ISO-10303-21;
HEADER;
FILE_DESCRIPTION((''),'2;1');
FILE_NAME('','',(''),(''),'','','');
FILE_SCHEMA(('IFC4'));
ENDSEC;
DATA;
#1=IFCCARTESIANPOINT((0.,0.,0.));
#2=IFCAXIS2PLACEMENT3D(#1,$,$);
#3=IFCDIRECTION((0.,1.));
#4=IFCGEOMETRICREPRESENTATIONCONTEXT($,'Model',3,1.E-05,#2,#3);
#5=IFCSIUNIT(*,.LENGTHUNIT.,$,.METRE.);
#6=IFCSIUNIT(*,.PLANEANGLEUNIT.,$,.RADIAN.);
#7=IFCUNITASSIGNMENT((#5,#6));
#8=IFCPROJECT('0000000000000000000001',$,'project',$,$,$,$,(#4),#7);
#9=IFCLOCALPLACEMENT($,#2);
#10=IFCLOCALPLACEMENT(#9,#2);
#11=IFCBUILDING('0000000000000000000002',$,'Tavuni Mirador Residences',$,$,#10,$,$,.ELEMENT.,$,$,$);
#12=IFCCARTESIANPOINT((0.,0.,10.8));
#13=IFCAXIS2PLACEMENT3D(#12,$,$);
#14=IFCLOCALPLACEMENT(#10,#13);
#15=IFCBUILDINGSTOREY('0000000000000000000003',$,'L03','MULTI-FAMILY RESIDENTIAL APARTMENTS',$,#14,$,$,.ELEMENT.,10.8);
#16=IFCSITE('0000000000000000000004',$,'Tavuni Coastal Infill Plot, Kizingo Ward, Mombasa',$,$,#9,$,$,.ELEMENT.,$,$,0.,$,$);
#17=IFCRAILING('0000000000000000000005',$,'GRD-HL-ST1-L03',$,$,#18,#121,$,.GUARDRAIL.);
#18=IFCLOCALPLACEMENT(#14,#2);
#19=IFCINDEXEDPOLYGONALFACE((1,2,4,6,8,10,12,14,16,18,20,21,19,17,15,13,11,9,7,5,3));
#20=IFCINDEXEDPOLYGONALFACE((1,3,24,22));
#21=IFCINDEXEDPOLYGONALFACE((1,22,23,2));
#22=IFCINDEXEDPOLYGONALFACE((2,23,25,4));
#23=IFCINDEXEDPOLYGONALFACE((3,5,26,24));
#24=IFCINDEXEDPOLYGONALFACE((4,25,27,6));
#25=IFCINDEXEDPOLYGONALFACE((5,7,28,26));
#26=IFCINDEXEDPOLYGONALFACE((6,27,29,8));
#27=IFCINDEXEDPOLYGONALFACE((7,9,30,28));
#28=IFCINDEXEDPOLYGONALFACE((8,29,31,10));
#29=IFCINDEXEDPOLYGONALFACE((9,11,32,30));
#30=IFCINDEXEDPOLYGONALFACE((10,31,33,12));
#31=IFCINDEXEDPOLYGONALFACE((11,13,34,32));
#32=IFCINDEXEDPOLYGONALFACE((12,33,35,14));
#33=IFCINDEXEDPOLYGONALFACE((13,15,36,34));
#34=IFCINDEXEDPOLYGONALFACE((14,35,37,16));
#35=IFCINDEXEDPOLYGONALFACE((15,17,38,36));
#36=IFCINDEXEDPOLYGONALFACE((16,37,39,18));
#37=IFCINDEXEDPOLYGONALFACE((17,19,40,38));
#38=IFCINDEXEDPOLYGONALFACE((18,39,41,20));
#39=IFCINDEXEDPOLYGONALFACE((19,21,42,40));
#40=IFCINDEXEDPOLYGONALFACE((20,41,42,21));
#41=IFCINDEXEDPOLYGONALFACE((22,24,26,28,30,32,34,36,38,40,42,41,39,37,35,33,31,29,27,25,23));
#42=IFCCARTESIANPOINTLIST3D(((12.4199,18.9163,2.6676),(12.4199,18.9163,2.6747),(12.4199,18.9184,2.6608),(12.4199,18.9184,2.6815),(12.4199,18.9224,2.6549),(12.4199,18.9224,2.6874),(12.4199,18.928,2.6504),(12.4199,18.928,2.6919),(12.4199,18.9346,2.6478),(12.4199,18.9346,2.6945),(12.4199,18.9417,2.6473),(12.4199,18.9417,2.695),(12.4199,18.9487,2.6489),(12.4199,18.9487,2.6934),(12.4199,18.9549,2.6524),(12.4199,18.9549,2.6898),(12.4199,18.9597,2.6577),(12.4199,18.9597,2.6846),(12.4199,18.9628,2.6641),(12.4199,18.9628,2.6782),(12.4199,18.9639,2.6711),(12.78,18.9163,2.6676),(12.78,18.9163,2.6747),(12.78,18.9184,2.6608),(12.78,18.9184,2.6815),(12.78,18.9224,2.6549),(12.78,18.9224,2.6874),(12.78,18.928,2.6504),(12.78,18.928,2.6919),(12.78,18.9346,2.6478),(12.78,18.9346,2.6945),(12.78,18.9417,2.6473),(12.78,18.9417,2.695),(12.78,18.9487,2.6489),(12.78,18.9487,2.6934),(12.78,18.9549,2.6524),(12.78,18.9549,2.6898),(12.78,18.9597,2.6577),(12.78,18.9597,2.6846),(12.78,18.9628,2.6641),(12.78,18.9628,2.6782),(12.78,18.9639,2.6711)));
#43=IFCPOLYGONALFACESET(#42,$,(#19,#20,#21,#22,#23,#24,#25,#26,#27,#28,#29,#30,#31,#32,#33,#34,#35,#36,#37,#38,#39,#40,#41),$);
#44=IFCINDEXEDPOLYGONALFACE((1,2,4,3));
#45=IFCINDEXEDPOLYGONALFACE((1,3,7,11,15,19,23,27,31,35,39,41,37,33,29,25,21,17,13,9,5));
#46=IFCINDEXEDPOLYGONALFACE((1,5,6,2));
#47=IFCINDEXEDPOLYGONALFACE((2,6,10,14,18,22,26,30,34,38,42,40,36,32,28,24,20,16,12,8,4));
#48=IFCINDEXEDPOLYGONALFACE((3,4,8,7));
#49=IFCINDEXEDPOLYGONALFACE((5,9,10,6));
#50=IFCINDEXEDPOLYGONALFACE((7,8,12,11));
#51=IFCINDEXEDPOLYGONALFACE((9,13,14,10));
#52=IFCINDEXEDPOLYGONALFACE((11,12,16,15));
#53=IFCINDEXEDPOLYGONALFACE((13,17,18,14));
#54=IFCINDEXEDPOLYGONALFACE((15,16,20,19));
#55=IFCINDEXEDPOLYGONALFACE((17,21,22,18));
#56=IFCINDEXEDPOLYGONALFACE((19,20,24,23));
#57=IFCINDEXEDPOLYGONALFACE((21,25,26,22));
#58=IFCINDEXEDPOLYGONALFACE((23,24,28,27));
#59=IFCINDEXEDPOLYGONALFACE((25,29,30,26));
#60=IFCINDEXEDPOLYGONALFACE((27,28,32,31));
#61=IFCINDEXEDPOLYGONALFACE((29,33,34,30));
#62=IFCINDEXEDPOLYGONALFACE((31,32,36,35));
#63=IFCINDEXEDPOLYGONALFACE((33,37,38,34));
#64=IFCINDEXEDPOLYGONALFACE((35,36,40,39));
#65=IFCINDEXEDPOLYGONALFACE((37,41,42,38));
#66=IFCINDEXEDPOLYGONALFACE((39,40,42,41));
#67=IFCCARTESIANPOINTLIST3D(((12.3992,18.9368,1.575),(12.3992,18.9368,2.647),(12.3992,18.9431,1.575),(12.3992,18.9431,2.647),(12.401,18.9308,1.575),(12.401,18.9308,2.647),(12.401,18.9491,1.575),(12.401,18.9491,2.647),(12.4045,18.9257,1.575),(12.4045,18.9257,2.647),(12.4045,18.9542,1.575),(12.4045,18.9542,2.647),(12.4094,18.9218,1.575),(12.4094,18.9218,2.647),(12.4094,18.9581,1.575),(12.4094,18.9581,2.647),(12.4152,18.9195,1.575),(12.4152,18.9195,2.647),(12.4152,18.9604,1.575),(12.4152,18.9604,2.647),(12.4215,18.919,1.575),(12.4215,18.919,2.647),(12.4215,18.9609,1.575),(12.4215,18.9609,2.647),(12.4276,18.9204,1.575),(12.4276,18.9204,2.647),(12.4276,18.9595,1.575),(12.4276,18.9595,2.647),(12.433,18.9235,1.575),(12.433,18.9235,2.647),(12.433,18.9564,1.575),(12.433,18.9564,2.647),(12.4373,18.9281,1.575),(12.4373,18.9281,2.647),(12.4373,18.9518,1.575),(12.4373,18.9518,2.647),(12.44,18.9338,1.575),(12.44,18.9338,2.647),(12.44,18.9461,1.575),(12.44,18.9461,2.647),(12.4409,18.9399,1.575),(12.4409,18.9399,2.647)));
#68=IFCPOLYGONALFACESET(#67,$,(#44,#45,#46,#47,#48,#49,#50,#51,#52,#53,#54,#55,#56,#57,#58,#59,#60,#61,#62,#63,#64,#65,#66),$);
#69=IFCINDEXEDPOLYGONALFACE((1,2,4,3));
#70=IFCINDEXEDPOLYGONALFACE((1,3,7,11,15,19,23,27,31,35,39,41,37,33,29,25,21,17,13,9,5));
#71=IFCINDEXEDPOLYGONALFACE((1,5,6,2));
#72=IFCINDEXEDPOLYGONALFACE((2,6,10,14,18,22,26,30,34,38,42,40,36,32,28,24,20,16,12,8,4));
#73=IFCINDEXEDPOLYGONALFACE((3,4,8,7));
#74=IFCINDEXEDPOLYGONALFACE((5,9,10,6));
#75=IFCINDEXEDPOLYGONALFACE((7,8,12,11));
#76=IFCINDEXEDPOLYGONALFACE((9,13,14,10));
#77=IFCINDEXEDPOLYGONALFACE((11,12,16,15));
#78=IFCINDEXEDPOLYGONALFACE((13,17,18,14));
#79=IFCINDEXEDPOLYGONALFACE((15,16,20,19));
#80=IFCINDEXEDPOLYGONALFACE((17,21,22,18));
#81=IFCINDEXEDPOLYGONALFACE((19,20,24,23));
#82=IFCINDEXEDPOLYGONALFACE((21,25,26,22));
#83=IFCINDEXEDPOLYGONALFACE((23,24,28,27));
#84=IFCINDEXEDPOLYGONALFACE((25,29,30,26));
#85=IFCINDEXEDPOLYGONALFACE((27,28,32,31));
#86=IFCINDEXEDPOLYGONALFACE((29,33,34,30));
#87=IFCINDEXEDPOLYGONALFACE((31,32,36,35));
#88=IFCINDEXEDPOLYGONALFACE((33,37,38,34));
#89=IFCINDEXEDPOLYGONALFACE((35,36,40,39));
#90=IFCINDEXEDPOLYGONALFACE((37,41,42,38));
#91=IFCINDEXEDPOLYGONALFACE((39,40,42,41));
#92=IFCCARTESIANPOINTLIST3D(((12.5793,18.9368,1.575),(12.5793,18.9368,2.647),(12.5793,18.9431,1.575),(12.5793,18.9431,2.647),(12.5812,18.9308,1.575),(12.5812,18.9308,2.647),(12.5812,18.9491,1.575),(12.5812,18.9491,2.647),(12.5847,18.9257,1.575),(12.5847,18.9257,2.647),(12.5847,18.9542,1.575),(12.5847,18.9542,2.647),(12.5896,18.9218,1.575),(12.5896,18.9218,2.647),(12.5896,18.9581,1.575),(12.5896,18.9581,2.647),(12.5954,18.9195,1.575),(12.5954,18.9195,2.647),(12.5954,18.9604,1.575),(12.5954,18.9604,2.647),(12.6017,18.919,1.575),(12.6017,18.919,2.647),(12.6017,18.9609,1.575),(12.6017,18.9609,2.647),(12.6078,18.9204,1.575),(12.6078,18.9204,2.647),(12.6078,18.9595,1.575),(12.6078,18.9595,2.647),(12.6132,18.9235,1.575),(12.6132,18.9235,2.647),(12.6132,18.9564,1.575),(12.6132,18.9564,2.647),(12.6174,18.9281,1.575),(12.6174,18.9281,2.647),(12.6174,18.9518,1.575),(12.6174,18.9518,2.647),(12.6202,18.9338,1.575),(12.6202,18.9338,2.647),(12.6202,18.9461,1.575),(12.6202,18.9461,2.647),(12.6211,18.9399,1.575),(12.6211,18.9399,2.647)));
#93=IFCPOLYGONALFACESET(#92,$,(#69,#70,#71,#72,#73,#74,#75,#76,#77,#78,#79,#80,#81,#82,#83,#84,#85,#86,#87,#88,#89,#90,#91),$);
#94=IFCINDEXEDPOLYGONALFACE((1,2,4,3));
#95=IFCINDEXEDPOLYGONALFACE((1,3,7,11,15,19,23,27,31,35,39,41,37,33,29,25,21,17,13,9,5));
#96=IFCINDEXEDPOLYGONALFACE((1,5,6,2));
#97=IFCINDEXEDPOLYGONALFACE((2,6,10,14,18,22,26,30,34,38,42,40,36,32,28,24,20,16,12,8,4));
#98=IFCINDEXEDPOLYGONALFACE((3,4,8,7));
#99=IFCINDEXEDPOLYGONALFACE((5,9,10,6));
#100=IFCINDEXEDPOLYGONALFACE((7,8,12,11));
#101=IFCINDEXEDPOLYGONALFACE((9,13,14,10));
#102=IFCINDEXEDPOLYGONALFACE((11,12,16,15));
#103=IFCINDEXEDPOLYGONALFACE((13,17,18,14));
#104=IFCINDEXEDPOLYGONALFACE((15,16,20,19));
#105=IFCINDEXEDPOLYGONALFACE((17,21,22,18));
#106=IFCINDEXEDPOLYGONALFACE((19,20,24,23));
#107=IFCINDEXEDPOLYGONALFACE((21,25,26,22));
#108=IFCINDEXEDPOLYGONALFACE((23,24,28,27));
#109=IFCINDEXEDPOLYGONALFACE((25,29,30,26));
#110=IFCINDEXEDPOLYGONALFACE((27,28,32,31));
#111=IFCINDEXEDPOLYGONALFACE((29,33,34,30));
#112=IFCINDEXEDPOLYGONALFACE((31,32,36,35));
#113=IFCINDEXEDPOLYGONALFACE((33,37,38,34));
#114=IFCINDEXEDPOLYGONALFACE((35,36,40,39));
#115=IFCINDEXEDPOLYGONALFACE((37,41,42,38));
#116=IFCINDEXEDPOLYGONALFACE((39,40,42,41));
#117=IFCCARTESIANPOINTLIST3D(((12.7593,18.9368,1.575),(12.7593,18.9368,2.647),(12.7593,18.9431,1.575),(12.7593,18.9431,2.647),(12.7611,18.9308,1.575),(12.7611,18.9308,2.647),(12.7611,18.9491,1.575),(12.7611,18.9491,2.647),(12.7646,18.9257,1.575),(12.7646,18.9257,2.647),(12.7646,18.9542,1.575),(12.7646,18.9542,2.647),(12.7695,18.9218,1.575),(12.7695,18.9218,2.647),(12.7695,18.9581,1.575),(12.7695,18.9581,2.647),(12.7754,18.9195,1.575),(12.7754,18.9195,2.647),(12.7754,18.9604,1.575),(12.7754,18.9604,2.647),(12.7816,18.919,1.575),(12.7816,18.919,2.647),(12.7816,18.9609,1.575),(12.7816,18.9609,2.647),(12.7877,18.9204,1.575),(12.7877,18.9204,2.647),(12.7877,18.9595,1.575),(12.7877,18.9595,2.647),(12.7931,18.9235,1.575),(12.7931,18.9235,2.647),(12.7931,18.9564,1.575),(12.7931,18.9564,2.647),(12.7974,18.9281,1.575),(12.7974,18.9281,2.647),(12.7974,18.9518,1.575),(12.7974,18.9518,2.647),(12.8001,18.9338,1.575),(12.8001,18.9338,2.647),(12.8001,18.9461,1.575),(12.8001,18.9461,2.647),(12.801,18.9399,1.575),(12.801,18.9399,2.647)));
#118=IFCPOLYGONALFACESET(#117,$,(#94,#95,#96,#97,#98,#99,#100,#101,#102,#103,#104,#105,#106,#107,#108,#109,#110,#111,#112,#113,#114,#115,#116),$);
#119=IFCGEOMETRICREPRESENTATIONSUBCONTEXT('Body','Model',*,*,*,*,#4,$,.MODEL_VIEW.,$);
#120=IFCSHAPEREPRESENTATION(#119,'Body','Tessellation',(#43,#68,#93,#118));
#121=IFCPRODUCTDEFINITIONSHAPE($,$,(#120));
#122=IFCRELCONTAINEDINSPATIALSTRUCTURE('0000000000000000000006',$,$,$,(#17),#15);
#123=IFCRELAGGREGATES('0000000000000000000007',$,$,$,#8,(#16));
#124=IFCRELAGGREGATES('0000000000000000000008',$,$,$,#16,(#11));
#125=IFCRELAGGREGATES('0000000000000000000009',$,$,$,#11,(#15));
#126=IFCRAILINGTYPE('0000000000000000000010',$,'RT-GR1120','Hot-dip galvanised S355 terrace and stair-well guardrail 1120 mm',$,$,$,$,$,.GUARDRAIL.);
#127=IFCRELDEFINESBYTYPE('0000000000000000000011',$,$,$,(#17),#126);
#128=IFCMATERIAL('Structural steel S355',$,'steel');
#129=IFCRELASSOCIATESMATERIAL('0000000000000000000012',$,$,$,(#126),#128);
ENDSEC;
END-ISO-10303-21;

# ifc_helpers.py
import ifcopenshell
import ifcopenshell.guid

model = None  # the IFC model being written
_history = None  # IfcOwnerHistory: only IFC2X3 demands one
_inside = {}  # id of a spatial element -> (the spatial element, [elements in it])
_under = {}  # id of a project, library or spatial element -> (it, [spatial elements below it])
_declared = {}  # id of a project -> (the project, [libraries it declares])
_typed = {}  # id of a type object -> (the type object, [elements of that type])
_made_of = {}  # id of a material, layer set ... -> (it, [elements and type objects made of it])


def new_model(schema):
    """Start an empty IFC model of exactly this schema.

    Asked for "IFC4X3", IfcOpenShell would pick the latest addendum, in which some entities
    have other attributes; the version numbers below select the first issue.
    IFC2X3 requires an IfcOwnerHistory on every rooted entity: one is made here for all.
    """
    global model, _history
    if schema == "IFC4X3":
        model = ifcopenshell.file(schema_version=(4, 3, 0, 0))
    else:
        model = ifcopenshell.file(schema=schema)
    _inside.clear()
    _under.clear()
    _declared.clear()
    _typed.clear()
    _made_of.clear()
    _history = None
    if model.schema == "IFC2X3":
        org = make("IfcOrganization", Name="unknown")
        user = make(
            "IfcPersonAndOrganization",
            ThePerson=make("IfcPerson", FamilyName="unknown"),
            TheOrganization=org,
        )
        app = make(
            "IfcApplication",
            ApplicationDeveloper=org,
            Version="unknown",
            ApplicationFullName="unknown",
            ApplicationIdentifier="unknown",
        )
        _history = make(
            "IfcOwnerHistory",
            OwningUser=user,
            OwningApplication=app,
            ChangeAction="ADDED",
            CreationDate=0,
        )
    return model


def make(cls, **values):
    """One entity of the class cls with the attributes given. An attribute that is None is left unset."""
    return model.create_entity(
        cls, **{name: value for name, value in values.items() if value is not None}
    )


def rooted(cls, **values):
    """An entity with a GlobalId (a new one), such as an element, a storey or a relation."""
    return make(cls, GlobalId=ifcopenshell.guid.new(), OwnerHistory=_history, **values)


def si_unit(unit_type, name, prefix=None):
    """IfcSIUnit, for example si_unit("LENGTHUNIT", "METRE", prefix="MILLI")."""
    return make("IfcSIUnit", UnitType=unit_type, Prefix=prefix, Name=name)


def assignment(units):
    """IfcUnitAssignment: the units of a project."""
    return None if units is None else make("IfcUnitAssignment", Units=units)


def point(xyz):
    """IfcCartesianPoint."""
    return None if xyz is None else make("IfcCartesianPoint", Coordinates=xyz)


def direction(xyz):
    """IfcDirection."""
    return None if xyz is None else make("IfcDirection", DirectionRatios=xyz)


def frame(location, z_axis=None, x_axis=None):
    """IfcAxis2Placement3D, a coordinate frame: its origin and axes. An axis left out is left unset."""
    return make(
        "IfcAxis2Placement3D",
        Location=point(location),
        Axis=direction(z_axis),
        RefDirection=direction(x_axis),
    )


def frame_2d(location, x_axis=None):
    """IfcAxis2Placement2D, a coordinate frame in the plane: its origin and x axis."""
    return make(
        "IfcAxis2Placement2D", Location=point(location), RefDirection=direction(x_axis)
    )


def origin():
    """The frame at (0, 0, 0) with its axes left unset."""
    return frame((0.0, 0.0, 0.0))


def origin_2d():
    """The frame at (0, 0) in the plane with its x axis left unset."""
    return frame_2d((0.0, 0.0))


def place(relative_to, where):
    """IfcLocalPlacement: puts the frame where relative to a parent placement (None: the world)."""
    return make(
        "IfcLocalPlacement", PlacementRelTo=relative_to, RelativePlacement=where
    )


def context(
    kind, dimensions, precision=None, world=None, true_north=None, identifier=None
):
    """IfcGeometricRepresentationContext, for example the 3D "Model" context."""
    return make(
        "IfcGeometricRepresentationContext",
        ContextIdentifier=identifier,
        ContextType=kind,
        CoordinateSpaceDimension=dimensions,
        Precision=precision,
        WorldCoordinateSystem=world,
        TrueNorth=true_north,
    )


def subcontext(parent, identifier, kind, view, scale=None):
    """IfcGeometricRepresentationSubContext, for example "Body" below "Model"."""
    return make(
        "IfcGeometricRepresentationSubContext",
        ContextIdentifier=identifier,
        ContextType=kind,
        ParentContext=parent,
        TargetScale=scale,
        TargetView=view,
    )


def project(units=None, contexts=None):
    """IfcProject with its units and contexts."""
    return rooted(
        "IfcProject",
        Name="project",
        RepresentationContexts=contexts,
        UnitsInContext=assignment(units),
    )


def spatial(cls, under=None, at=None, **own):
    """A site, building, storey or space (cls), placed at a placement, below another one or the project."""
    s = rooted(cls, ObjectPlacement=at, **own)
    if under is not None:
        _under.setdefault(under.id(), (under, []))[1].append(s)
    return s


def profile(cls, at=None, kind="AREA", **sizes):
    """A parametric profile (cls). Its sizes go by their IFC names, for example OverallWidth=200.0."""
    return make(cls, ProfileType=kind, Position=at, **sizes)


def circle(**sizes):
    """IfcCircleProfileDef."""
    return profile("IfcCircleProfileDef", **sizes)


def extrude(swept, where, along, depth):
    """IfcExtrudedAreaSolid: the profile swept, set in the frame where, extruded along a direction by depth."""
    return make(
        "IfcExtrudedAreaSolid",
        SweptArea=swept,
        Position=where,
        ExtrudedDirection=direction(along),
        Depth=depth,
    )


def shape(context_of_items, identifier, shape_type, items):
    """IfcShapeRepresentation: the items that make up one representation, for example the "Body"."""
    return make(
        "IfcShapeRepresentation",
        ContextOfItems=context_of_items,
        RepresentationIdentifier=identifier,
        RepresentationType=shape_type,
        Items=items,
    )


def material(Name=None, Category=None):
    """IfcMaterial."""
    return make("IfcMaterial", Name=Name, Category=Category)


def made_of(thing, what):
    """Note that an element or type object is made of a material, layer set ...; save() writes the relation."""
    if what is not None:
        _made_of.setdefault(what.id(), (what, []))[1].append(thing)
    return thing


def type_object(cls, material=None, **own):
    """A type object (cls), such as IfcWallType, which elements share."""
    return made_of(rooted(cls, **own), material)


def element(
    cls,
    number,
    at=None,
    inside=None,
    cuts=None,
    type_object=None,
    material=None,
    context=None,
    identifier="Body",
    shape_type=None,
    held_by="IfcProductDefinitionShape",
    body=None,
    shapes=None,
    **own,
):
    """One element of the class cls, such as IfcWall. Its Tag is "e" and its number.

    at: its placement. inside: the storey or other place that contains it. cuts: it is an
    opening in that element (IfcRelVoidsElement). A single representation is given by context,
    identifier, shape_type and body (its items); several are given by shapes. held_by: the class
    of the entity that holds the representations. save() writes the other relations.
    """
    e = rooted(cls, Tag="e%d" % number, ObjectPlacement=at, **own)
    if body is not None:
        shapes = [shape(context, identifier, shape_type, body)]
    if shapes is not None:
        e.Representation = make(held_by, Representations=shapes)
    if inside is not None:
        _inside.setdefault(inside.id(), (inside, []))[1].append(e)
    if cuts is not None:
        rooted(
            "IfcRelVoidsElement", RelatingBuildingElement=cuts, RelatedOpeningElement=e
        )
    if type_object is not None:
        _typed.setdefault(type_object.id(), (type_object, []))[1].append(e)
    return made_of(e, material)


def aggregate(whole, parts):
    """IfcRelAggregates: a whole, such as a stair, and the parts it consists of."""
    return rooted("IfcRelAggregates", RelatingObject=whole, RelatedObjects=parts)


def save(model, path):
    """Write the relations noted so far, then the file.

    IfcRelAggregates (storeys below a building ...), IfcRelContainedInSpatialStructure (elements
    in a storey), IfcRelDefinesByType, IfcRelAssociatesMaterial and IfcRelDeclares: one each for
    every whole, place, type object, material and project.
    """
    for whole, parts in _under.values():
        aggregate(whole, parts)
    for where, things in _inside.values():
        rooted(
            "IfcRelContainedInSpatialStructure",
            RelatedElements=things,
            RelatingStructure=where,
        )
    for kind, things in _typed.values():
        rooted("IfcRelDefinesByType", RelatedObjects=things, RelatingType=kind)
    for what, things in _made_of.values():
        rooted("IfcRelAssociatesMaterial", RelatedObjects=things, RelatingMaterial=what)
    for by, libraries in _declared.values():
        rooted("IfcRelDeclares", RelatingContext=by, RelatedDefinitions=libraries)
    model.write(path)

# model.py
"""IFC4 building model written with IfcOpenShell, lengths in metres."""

from ifc_helpers import new_model, si_unit, direction, frame, origin, origin_2d, place, context, subcontext, project, spatial, circle, extrude, material, type_object, element, save


model = new_model("IFC4")

# Units and contexts
model_context = context("Model", 3, precision=1e-05, world=origin(), true_north=direction((0.0, 1.0)))
body_context = subcontext(model_context, "Body", "Model", "MODEL_VIEW")
ifc_project = project(units=[si_unit("LENGTHUNIT", "METRE"), si_unit("PLANEANGLEUNIT", "RADIAN")], contexts=[model_context])

# Site, building, storey
site_placement = place(None, origin())
site = spatial("IfcSite", under=ifc_project, at=site_placement, Name="Tavuni Coastal Infill Plot, Kizingo Ward, Mombasa", CompositionType="ELEMENT", RefElevation=0.0)
building_placement = place(site_placement, origin())
building = spatial("IfcBuilding", under=site, at=building_placement, Name="Tavuni Mirador Residences", CompositionType="ELEMENT")
storey_placement = place(building_placement, frame((0.0, 0.0, 10.8)))
storey = spatial("IfcBuildingStorey", under=building, at=storey_placement, Name="L03", Description="MULTI-FAMILY RESIDENTIAL APARTMENTS", CompositionType="ELEMENT", Elevation=10.8)

# Shared definitions
ifc_material_1 = material(Name="Structural steel S355", Category="steel")

# Railing
railing_type_1 = type_object("IfcRailingType", Name="RT-GR1120", Description="Hot-dip galvanised S355 terrace and stair-well guardrail 1120 mm", PredefinedType="GUARDRAIL", material=ifc_material_1)
railing_1_placement = place(storey_placement, frame((12.4199, 18.9399, 1.575)))
element("IfcRailing", 1, at=railing_1_placement, inside=storey, type_object=railing_type_1, Name="GRD-HL-ST1-L03", PredefinedType="GUARDRAIL", context=body_context, shape_type="SweptSolid", body=[
    extrude(circle(Radius=0.0239, at=origin_2d()), frame((0.0, 0.0, 1.0962), z_axis=(1.0, 0.0, 0.0), x_axis=(0.0, 1.0, 0.0)), (0.0, 0.0, 1.0), 0.3601),
    extrude(circle(Radius=0.021, at=origin_2d()), origin(), (0.0, 0.0, 1.0), 1.072),
    extrude(circle(Radius=0.021, at=origin_2d()), frame((0.1802, 0.0, 0.0)), (0.0, 0.0, 1.0), 1.072),
    extrude(circle(Radius=0.021, at=origin_2d()), frame((0.3601, 0.0, 0.0)), (0.0, 0.0, 1.0), 1.072),
])

save(model, "model.ifc")
